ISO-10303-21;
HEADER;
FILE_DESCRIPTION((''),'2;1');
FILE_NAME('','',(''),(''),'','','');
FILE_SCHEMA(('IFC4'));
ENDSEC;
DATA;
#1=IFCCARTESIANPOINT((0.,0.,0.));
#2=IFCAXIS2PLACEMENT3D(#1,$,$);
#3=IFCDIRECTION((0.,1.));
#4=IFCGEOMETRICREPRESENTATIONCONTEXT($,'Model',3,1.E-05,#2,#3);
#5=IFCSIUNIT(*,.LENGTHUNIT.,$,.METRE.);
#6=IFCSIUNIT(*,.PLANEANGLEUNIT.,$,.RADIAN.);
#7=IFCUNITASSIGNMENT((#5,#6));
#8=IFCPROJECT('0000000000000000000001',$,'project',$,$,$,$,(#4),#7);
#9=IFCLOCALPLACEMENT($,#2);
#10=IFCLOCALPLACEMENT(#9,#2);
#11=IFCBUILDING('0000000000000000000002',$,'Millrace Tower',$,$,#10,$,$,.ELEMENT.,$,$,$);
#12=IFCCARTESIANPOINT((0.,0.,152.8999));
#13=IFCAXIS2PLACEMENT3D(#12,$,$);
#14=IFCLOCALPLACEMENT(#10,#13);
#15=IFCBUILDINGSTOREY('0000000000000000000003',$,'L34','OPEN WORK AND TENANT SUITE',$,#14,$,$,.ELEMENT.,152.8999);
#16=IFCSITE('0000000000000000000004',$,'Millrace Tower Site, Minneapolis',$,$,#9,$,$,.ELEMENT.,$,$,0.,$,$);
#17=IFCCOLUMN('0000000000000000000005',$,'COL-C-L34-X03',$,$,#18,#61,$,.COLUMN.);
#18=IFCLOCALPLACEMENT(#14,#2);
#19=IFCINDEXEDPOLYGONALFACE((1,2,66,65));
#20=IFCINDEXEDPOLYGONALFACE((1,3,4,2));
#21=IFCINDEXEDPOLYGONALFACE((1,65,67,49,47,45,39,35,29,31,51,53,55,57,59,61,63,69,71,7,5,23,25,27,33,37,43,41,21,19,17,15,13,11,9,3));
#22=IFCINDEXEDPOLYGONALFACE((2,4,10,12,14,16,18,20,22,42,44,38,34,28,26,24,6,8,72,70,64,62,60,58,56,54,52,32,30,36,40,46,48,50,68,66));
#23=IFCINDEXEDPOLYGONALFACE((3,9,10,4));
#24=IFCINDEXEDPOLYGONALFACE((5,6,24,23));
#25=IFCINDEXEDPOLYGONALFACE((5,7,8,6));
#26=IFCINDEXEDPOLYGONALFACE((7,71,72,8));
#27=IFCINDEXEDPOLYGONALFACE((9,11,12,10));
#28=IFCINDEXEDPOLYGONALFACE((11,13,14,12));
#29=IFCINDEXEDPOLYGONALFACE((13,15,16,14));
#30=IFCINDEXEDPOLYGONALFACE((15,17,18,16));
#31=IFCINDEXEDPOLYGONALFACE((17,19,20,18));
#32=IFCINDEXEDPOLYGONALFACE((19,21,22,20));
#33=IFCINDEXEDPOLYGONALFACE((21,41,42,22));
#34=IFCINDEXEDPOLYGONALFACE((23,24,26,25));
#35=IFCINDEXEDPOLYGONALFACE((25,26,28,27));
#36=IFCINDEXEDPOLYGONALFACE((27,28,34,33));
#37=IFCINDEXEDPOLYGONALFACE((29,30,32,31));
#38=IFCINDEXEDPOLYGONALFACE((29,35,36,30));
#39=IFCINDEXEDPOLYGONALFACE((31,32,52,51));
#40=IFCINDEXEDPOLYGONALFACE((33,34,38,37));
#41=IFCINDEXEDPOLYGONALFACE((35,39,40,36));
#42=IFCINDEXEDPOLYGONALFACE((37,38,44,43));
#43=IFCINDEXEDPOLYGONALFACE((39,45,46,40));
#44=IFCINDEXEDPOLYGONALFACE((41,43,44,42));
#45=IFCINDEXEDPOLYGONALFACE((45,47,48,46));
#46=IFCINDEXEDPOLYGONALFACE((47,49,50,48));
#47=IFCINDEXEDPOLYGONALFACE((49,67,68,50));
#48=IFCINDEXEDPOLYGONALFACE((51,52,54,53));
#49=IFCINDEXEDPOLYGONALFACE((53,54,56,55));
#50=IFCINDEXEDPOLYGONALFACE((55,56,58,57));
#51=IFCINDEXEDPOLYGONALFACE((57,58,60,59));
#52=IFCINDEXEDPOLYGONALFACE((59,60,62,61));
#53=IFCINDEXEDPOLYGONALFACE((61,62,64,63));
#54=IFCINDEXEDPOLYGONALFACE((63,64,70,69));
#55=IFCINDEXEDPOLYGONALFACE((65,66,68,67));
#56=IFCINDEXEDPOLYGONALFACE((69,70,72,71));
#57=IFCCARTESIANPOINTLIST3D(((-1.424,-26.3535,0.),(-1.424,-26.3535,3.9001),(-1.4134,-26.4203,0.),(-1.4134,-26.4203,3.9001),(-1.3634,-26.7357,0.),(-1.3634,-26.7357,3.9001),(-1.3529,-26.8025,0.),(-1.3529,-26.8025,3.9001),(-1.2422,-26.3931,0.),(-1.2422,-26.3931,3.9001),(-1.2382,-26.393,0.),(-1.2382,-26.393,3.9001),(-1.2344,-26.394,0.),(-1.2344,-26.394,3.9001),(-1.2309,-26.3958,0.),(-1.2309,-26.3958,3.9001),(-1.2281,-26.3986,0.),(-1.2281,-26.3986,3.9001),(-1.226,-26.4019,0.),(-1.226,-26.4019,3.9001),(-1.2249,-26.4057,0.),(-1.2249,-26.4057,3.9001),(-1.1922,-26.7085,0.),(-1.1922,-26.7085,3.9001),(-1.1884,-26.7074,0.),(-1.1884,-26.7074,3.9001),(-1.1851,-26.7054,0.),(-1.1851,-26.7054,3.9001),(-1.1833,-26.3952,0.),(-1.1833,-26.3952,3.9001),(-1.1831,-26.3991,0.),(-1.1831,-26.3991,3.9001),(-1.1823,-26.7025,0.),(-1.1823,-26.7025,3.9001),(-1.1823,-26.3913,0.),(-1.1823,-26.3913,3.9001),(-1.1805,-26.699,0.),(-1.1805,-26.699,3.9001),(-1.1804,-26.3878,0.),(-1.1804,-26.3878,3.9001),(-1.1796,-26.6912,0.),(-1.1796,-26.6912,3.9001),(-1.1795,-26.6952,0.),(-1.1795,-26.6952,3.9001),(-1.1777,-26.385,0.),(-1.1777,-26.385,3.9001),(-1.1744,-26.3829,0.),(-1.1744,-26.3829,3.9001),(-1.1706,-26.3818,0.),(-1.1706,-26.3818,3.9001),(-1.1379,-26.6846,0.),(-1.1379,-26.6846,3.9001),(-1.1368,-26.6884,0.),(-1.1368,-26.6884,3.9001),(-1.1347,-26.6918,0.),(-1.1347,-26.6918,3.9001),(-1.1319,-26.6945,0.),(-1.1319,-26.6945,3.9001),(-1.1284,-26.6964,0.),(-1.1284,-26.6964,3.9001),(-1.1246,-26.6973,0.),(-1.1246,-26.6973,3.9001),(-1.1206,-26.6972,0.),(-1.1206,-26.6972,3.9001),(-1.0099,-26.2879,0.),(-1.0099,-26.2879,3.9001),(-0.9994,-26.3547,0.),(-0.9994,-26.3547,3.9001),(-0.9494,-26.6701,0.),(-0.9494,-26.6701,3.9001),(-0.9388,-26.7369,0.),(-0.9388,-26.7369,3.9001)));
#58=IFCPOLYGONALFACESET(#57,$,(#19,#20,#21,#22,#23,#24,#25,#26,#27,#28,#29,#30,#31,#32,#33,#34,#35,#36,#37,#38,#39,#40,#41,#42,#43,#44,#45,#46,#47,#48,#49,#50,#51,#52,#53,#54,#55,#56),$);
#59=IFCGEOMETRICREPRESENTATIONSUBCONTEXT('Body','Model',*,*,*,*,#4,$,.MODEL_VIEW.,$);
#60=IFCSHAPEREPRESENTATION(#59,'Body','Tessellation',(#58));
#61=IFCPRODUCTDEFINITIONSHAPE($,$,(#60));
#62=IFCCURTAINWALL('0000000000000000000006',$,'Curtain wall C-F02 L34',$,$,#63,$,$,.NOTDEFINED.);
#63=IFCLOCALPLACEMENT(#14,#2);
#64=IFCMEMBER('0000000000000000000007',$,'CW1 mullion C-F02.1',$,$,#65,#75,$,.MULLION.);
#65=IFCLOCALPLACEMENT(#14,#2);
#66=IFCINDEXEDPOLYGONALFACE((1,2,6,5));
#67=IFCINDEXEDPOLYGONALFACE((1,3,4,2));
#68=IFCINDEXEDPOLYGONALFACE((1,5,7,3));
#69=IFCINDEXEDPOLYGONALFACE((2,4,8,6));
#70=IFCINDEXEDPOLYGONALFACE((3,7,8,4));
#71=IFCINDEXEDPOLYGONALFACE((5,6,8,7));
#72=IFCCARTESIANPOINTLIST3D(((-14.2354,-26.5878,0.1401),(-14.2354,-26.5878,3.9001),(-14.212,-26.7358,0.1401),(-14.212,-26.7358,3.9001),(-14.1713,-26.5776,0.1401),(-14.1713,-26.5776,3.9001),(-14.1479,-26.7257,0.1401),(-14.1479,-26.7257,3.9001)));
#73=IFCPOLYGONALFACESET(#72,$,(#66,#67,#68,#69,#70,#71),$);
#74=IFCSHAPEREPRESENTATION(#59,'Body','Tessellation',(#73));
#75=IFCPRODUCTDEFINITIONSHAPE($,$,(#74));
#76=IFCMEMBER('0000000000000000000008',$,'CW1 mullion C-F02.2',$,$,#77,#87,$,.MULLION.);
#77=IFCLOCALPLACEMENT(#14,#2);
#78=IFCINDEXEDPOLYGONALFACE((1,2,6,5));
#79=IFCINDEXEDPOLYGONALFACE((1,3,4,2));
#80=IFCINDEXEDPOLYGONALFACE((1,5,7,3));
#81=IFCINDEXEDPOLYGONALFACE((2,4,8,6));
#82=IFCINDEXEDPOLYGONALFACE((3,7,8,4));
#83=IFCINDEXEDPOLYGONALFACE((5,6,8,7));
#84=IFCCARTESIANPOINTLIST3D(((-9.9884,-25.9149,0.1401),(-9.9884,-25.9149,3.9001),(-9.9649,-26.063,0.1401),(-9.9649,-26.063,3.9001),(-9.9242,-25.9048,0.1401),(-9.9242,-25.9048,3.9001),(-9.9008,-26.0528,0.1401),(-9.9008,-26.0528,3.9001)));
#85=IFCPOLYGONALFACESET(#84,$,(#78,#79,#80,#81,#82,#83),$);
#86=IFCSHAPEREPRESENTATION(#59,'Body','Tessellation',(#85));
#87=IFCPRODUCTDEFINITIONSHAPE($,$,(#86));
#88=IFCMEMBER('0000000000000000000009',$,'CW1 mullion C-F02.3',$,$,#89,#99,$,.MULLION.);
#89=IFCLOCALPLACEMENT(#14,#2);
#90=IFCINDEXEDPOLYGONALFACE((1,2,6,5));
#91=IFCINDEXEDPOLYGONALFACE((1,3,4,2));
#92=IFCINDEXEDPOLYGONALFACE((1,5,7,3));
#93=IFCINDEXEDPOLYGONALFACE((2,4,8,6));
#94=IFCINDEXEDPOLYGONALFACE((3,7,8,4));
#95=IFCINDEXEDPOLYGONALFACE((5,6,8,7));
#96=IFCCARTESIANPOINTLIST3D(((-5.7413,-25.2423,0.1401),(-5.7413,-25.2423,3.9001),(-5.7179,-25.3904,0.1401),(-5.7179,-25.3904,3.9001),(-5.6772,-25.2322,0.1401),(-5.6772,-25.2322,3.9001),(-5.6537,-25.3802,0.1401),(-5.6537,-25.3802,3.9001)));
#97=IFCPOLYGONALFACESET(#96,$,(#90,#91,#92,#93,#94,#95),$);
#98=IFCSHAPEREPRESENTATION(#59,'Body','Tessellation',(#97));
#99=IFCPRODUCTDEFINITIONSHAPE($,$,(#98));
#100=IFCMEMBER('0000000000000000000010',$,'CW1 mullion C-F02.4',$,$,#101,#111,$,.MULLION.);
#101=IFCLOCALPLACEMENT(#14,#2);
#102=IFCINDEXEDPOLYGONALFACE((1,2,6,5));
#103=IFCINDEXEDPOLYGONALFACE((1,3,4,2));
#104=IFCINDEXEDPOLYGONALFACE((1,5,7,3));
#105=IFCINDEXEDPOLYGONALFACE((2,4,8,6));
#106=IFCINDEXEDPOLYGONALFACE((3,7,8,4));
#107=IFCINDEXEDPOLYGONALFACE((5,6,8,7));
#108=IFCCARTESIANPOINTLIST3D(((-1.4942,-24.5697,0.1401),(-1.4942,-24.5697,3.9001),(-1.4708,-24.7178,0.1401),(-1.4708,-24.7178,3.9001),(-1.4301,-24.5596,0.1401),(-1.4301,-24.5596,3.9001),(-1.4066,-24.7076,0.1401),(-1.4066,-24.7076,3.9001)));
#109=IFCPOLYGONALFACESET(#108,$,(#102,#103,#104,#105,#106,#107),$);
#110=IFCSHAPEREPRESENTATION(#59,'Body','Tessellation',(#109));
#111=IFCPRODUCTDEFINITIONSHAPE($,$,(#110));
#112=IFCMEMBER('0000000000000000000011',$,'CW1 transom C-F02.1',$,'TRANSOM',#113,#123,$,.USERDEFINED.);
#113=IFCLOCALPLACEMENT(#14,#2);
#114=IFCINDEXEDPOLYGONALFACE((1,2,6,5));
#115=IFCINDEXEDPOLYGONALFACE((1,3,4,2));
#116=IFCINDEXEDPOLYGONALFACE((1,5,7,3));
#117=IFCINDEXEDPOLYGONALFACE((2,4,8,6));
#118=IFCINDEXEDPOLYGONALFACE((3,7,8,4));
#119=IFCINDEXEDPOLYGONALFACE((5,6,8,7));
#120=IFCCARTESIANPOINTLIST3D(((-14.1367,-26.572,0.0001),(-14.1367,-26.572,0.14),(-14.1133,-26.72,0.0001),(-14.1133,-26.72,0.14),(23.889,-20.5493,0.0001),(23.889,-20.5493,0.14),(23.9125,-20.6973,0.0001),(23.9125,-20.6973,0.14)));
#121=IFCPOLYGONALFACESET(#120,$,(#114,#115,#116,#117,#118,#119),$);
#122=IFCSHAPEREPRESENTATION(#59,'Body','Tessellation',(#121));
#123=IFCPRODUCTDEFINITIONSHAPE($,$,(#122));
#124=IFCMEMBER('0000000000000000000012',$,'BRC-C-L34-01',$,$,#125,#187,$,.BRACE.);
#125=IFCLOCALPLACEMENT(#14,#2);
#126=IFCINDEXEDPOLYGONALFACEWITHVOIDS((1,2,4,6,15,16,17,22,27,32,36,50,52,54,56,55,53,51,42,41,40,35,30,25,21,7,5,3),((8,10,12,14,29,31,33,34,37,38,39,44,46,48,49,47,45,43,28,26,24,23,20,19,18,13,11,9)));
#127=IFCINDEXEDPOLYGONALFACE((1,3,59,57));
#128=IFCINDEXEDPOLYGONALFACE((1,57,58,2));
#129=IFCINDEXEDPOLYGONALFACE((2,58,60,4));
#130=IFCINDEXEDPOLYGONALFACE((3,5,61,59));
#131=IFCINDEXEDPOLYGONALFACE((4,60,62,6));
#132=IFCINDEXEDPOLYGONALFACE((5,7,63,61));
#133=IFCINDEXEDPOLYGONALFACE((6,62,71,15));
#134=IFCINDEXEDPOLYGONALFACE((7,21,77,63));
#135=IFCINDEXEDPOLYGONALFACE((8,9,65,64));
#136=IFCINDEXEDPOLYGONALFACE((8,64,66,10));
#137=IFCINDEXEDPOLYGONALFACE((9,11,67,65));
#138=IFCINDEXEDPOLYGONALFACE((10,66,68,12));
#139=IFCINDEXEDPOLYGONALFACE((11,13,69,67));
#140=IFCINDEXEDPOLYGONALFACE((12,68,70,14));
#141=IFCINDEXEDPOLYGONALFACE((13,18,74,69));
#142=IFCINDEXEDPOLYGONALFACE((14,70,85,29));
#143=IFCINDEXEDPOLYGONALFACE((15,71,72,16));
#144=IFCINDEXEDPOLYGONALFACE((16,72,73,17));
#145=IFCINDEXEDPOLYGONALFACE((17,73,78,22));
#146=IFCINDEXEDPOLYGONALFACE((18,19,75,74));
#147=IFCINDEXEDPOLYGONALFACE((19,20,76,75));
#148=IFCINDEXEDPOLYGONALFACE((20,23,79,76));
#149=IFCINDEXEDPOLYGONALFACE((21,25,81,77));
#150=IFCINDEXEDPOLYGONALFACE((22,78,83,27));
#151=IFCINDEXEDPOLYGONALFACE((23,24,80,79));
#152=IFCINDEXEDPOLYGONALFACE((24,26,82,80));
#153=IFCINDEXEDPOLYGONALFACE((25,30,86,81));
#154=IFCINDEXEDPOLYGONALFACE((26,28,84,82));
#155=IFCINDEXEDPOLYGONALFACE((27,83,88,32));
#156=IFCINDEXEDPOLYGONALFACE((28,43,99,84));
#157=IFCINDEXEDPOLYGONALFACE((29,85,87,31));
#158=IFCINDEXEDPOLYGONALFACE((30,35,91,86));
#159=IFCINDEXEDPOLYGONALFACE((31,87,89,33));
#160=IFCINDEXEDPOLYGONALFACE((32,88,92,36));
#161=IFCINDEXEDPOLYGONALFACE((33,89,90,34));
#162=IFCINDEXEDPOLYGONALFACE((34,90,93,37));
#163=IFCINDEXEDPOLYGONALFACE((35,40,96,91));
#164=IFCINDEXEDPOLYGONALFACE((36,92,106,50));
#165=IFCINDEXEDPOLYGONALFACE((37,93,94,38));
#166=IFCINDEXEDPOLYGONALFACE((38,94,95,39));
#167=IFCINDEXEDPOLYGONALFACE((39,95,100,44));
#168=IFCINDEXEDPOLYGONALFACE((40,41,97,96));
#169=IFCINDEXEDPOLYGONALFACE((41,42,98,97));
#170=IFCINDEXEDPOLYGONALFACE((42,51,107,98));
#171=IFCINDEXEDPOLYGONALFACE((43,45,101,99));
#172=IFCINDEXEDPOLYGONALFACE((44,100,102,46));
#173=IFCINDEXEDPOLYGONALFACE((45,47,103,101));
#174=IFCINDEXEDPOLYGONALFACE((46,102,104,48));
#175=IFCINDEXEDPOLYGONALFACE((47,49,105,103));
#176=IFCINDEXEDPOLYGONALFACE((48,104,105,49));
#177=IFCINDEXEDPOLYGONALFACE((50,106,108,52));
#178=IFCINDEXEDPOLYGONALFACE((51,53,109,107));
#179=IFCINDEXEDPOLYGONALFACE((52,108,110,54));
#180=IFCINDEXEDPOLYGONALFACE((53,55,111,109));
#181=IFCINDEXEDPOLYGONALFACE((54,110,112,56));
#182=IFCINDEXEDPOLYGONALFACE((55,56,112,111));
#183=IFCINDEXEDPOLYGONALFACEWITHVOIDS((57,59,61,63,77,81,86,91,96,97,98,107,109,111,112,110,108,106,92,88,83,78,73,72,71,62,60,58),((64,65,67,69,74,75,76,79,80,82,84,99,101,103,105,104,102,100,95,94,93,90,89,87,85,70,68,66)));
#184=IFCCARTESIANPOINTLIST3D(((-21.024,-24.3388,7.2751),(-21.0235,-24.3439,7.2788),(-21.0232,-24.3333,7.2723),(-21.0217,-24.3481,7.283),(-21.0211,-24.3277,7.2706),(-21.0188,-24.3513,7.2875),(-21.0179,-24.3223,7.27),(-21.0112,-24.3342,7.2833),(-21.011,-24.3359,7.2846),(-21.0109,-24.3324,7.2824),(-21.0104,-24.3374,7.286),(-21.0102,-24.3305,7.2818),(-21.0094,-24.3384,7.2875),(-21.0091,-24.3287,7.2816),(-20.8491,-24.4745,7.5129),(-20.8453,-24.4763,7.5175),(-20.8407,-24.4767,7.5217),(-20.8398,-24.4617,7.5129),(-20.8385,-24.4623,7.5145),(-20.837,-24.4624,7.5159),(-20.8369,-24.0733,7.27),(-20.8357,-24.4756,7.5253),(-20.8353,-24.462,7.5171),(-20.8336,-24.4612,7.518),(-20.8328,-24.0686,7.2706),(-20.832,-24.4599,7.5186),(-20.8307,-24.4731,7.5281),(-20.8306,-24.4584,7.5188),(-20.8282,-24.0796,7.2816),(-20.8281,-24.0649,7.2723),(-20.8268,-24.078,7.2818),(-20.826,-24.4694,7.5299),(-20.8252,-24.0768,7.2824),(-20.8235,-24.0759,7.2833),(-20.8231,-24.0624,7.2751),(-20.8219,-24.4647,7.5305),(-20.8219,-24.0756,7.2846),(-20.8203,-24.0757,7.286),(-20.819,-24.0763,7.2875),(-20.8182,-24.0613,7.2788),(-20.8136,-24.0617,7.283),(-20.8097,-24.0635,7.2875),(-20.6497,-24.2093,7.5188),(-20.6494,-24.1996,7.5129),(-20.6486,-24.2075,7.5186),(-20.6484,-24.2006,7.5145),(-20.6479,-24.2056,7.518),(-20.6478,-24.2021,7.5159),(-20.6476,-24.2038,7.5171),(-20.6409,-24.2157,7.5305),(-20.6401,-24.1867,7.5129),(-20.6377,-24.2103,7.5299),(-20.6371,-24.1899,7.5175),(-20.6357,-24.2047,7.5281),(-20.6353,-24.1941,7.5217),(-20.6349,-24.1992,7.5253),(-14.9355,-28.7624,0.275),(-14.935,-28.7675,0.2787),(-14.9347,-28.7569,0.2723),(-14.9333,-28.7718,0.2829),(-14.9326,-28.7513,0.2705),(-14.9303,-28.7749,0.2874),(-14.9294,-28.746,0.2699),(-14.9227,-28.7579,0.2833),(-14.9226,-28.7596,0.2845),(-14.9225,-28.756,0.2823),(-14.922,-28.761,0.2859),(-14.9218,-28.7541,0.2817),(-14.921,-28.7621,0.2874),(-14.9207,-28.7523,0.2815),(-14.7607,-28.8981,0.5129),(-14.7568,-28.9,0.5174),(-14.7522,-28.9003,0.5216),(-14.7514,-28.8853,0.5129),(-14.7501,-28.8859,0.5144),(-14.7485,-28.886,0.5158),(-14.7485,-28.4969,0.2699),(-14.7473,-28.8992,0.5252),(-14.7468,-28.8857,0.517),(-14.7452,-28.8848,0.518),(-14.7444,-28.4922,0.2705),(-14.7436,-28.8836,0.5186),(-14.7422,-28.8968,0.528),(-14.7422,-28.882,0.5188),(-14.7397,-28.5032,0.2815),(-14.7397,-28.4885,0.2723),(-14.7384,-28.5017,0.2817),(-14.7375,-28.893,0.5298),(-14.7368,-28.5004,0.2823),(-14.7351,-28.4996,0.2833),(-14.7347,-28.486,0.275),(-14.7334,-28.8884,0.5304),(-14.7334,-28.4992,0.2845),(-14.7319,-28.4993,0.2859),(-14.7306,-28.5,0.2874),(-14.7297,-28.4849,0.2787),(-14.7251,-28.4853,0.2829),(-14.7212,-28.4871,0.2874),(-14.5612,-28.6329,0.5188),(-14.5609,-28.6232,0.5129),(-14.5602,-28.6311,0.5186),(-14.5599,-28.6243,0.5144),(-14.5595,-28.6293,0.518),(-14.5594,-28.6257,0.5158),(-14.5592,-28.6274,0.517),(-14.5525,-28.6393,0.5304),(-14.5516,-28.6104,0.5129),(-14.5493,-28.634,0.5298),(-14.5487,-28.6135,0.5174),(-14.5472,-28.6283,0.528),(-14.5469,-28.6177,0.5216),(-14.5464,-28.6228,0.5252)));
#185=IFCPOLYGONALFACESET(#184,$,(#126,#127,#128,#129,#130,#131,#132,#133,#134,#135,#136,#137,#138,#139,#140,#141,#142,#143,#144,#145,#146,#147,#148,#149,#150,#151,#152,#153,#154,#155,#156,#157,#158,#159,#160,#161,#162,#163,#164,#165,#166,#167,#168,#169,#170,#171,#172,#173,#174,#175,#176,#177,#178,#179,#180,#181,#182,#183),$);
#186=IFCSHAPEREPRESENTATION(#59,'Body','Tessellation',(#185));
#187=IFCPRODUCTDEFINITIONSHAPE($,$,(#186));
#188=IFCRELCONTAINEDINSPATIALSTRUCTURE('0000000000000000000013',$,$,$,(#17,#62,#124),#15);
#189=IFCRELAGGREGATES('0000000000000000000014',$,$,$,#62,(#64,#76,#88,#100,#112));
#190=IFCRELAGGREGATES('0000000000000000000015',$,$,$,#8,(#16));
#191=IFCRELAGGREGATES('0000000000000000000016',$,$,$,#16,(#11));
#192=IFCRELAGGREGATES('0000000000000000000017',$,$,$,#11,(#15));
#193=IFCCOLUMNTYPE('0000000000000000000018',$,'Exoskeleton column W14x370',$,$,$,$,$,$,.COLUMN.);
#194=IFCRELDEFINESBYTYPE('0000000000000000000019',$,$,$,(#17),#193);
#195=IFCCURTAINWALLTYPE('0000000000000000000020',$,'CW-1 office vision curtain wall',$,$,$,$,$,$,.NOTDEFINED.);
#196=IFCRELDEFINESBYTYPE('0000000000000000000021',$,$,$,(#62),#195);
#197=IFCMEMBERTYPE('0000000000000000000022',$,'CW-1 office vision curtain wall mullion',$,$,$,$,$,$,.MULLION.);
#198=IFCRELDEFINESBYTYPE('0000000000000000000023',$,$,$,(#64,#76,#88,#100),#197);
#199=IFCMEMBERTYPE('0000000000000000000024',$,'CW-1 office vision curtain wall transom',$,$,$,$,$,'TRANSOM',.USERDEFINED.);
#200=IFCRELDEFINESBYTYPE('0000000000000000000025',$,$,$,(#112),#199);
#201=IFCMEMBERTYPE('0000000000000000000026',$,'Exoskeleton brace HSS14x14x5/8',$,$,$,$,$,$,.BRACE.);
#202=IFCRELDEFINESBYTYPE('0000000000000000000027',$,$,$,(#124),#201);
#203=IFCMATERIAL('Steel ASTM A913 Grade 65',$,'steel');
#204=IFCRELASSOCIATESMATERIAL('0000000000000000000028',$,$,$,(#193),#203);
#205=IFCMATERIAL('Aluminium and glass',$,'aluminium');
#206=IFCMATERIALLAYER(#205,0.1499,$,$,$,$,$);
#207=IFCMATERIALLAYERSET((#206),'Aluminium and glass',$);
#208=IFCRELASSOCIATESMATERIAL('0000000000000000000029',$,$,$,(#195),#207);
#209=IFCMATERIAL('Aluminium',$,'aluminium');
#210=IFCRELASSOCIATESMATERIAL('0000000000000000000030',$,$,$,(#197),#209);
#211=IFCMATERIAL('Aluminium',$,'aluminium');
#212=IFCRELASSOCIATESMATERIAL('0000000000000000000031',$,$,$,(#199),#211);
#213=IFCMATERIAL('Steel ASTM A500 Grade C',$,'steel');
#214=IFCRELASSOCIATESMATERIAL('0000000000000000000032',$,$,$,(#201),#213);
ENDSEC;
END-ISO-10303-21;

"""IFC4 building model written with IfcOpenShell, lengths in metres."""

from ifc_helpers import new_model, si_unit, direction, frame, origin, origin_2d, place, context, subcontext, project, spatial, rectangle, hollow_rectangle, i_section, extrude, material, layer, layer_set, material_profile, profile_set, type_object, element, aggregate, save


model = new_model("IFC4")

# Units and contexts
model_context = context("Model", 3, precision=1e-05, world=origin(), true_north=direction((0.0, 1.0)))
body_context = subcontext(model_context, "Body", "Model", "MODEL_VIEW")
ifc_project = project(units=[si_unit("LENGTHUNIT", "METRE"), si_unit("PLANEANGLEUNIT", "RADIAN")], contexts=[model_context])

# Site, building, storey
site_placement = place(None, origin())
site = spatial("IfcSite", under=ifc_project, at=site_placement, Name="Millrace Tower Site, Minneapolis", CompositionType="ELEMENT", RefElevation=0.0)
building_placement = place(site_placement, origin())
building = spatial("IfcBuilding", under=site, at=building_placement, Name="Millrace Tower", CompositionType="ELEMENT")
storey_placement = place(building_placement, frame((0.0, 0.0, 152.8999)))
storey = spatial("IfcBuildingStorey", under=building, at=storey_placement, Name="L34", Description="OPEN WORK AND TENANT SUITE", CompositionType="ELEMENT", Elevation=152.8999)

# Column
ifc_material_1 = material(Name="Steel ASTM A913 Grade 65", Category="steel")
ifc_material_profile_1 = material_profile(ifc_material_1, i_section(OverallWidth=0.4192, OverallDepth=0.4546, WebThickness=0.0422, FlangeThickness=0.0676, FilletRadius=0.0151, at=origin_2d()))
ifc_profile_set_1 = profile_set([ifc_material_profile_1], Name="Steel ASTM A913 Grade 65")
column_type = type_object("IfcColumnType", Name="Exoskeleton column W14x370", PredefinedType="COLUMN", material=ifc_profile_set_1)
column_placement = place(storey_placement, frame((-1.1814, -26.5452, 0.0), z_axis=(0.0, 0.0, 1.0), x_axis=(0.987688, 0.156434, 0.0)))
element("IfcColumn", 1, at=column_placement, inside=storey, type_object=column_type, Name="COL-C-L34-X03", PredefinedType="COLUMN", context=body_context, shape_type="SweptSolid", body=[
    extrude(i_section(OverallWidth=0.4192, OverallDepth=0.4546, WebThickness=0.0422, FlangeThickness=0.0676, FilletRadius=0.0151, at=origin_2d()), origin(), (0.0, 0.0, 1.0), 3.9001),
])

# Curtain wall, members
ifc_material_2 = material(Name="Aluminium and glass", Category="aluminium")
ifc_layer_1 = layer(ifc_material_2, 0.1499)
ifc_layer_set_1 = layer_set([ifc_layer_1], Name="Aluminium and glass")
curtain_wall_type = type_object("IfcCurtainWallType", Name="CW-1 office vision curtain wall", PredefinedType="NOTDEFINED", material=ifc_layer_set_1)
curtain_wall_placement = place(storey_placement, origin())
curtain_wall = element("IfcCurtainWall", 2, at=curtain_wall_placement, inside=storey, type_object=curtain_wall_type, Name="Curtain wall C-F02 L34", PredefinedType="NOTDEFINED")
ifc_material_3 = material(Name="Aluminium", Category="aluminium")
ifc_material_profile_2 = material_profile(ifc_material_3, rectangle(XDim=0.0649, YDim=0.1499, at=origin_2d()))
ifc_profile_set_2 = profile_set([ifc_material_profile_2], Name="Aluminium")
member_type_1 = type_object("IfcMemberType", Name="CW-1 office vision curtain wall mullion", PredefinedType="MULLION", material=ifc_profile_set_2)
member_1_placement = place(storey_placement, frame((-14.1917, -26.6567, 0.1401), z_axis=(0.0, 0.0, 1.0), x_axis=(0.987688, 0.156434, 0.0)))
member_1 = element("IfcMember", 3, at=member_1_placement, type_object=member_type_1, Name="CW1 mullion C-F02.1", PredefinedType="MULLION", context=body_context, shape_type="SweptSolid", body=[
    extrude(rectangle(XDim=0.0649, YDim=0.1499, at=origin_2d()), origin(), (0.0, 0.0, 1.0), 3.76),
])
member_2_placement = place(storey_placement, frame((-9.9446, -25.9839, 0.1401), z_axis=(0.0, 0.0, 1.0), x_axis=(0.987688, 0.156434, 0.0)))
member_2 = element("IfcMember", 4, at=member_2_placement, type_object=member_type_1, Name="CW1 mullion C-F02.2", PredefinedType="MULLION", context=body_context, shape_type="SweptSolid", body=[
    extrude(rectangle(XDim=0.0649, YDim=0.1499, at=origin_2d()), origin(), (0.0, 0.0, 1.0), 3.76),
])
member_3_placement = place(storey_placement, frame((-5.6975, -25.3113, 0.1401), z_axis=(0.0, 0.0, 1.0), x_axis=(0.987688, 0.156434, 0.0)))
member_3 = element("IfcMember", 5, at=member_3_placement, type_object=member_type_1, Name="CW1 mullion C-F02.3", PredefinedType="MULLION", context=body_context, shape_type="SweptSolid", body=[
    extrude(rectangle(XDim=0.0649, YDim=0.1499, at=origin_2d()), origin(), (0.0, 0.0, 1.0), 3.76),
])
member_4_placement = place(storey_placement, frame((-1.4504, -24.6387, 0.1401), z_axis=(0.0, 0.0, 1.0), x_axis=(0.987688, 0.156434, 0.0)))
member_4 = element("IfcMember", 6, at=member_4_placement, type_object=member_type_1, Name="CW1 mullion C-F02.4", PredefinedType="MULLION", context=body_context, shape_type="SweptSolid", body=[
    extrude(rectangle(XDim=0.0649, YDim=0.1499, at=origin_2d()), origin(), (0.0, 0.0, 1.0), 3.76),
])
ifc_material_4 = material(Name="Aluminium", Category="aluminium")
ifc_material_profile_3 = material_profile(ifc_material_4, rectangle(XDim=0.1499, YDim=0.1399, at=origin_2d()))
ifc_profile_set_3 = profile_set([ifc_material_profile_3], Name="Aluminium")
member_type_2 = type_object("IfcMemberType", Name="CW-1 office vision curtain wall transom", ElementType="TRANSOM", PredefinedType="USERDEFINED", material=ifc_profile_set_3)
member_5_placement = place(storey_placement, frame((-14.125, -26.646, 0.0701), z_axis=(0.987688, 0.156434, 0.0), x_axis=(-0.156434, 0.987688, 0.0)))
member_5 = element("IfcMember", 7, at=member_5_placement, type_object=member_type_2, Name="CW1 transom C-F02.1", ObjectType="TRANSOM", PredefinedType="USERDEFINED", context=body_context, shape_type="SweptSolid", body=[
    extrude(rectangle(XDim=0.1499, YDim=0.1399, at=origin_2d()), origin(), (0.0, 0.0, 1.0), 38.4998),
])
aggregate(curtain_wall, [member_1, member_2, member_3, member_4, member_5])

# Member
ifc_material_5 = material(Name="Steel ASTM A500 Grade C", Category="steel")
ifc_material_profile_4 = material_profile(ifc_material_5, hollow_rectangle(XDim=0.3557, YDim=0.3557, WallThickness=0.0159, InnerFilletRadius=0.0081, OuterFilletRadius=0.0239, at=origin_2d()))
ifc_profile_set_4 = profile_set([ifc_material_profile_4], Name="Steel ASTM A500 Grade C")
member_type_3 = type_object("IfcMemberType", Name="Exoskeleton brace HSS14x14x5/8", PredefinedType="BRACE", material=ifc_profile_set_4)
member_6_placement = place(storey_placement, frame((-14.741, -28.6926, 0.4001), z_axis=(-0.592372, 0.430395, 0.681069), x_axis=(-0.587795, -0.80901, 0.0)))
element("IfcMember", 8, at=member_6_placement, inside=storey, type_object=member_type_3, Name="BRC-C-L34-01", PredefinedType="BRACE", context=body_context, shape_type="SweptSolid", body=[
    extrude(hollow_rectangle(XDim=0.3557, YDim=0.3557, WallThickness=0.0159, InnerFilletRadius=0.0081, OuterFilletRadius=0.0239, at=origin_2d()), origin(), (0.0, 0.0, 1.0), 10.2781),
])

save(model, "model.ifc")
